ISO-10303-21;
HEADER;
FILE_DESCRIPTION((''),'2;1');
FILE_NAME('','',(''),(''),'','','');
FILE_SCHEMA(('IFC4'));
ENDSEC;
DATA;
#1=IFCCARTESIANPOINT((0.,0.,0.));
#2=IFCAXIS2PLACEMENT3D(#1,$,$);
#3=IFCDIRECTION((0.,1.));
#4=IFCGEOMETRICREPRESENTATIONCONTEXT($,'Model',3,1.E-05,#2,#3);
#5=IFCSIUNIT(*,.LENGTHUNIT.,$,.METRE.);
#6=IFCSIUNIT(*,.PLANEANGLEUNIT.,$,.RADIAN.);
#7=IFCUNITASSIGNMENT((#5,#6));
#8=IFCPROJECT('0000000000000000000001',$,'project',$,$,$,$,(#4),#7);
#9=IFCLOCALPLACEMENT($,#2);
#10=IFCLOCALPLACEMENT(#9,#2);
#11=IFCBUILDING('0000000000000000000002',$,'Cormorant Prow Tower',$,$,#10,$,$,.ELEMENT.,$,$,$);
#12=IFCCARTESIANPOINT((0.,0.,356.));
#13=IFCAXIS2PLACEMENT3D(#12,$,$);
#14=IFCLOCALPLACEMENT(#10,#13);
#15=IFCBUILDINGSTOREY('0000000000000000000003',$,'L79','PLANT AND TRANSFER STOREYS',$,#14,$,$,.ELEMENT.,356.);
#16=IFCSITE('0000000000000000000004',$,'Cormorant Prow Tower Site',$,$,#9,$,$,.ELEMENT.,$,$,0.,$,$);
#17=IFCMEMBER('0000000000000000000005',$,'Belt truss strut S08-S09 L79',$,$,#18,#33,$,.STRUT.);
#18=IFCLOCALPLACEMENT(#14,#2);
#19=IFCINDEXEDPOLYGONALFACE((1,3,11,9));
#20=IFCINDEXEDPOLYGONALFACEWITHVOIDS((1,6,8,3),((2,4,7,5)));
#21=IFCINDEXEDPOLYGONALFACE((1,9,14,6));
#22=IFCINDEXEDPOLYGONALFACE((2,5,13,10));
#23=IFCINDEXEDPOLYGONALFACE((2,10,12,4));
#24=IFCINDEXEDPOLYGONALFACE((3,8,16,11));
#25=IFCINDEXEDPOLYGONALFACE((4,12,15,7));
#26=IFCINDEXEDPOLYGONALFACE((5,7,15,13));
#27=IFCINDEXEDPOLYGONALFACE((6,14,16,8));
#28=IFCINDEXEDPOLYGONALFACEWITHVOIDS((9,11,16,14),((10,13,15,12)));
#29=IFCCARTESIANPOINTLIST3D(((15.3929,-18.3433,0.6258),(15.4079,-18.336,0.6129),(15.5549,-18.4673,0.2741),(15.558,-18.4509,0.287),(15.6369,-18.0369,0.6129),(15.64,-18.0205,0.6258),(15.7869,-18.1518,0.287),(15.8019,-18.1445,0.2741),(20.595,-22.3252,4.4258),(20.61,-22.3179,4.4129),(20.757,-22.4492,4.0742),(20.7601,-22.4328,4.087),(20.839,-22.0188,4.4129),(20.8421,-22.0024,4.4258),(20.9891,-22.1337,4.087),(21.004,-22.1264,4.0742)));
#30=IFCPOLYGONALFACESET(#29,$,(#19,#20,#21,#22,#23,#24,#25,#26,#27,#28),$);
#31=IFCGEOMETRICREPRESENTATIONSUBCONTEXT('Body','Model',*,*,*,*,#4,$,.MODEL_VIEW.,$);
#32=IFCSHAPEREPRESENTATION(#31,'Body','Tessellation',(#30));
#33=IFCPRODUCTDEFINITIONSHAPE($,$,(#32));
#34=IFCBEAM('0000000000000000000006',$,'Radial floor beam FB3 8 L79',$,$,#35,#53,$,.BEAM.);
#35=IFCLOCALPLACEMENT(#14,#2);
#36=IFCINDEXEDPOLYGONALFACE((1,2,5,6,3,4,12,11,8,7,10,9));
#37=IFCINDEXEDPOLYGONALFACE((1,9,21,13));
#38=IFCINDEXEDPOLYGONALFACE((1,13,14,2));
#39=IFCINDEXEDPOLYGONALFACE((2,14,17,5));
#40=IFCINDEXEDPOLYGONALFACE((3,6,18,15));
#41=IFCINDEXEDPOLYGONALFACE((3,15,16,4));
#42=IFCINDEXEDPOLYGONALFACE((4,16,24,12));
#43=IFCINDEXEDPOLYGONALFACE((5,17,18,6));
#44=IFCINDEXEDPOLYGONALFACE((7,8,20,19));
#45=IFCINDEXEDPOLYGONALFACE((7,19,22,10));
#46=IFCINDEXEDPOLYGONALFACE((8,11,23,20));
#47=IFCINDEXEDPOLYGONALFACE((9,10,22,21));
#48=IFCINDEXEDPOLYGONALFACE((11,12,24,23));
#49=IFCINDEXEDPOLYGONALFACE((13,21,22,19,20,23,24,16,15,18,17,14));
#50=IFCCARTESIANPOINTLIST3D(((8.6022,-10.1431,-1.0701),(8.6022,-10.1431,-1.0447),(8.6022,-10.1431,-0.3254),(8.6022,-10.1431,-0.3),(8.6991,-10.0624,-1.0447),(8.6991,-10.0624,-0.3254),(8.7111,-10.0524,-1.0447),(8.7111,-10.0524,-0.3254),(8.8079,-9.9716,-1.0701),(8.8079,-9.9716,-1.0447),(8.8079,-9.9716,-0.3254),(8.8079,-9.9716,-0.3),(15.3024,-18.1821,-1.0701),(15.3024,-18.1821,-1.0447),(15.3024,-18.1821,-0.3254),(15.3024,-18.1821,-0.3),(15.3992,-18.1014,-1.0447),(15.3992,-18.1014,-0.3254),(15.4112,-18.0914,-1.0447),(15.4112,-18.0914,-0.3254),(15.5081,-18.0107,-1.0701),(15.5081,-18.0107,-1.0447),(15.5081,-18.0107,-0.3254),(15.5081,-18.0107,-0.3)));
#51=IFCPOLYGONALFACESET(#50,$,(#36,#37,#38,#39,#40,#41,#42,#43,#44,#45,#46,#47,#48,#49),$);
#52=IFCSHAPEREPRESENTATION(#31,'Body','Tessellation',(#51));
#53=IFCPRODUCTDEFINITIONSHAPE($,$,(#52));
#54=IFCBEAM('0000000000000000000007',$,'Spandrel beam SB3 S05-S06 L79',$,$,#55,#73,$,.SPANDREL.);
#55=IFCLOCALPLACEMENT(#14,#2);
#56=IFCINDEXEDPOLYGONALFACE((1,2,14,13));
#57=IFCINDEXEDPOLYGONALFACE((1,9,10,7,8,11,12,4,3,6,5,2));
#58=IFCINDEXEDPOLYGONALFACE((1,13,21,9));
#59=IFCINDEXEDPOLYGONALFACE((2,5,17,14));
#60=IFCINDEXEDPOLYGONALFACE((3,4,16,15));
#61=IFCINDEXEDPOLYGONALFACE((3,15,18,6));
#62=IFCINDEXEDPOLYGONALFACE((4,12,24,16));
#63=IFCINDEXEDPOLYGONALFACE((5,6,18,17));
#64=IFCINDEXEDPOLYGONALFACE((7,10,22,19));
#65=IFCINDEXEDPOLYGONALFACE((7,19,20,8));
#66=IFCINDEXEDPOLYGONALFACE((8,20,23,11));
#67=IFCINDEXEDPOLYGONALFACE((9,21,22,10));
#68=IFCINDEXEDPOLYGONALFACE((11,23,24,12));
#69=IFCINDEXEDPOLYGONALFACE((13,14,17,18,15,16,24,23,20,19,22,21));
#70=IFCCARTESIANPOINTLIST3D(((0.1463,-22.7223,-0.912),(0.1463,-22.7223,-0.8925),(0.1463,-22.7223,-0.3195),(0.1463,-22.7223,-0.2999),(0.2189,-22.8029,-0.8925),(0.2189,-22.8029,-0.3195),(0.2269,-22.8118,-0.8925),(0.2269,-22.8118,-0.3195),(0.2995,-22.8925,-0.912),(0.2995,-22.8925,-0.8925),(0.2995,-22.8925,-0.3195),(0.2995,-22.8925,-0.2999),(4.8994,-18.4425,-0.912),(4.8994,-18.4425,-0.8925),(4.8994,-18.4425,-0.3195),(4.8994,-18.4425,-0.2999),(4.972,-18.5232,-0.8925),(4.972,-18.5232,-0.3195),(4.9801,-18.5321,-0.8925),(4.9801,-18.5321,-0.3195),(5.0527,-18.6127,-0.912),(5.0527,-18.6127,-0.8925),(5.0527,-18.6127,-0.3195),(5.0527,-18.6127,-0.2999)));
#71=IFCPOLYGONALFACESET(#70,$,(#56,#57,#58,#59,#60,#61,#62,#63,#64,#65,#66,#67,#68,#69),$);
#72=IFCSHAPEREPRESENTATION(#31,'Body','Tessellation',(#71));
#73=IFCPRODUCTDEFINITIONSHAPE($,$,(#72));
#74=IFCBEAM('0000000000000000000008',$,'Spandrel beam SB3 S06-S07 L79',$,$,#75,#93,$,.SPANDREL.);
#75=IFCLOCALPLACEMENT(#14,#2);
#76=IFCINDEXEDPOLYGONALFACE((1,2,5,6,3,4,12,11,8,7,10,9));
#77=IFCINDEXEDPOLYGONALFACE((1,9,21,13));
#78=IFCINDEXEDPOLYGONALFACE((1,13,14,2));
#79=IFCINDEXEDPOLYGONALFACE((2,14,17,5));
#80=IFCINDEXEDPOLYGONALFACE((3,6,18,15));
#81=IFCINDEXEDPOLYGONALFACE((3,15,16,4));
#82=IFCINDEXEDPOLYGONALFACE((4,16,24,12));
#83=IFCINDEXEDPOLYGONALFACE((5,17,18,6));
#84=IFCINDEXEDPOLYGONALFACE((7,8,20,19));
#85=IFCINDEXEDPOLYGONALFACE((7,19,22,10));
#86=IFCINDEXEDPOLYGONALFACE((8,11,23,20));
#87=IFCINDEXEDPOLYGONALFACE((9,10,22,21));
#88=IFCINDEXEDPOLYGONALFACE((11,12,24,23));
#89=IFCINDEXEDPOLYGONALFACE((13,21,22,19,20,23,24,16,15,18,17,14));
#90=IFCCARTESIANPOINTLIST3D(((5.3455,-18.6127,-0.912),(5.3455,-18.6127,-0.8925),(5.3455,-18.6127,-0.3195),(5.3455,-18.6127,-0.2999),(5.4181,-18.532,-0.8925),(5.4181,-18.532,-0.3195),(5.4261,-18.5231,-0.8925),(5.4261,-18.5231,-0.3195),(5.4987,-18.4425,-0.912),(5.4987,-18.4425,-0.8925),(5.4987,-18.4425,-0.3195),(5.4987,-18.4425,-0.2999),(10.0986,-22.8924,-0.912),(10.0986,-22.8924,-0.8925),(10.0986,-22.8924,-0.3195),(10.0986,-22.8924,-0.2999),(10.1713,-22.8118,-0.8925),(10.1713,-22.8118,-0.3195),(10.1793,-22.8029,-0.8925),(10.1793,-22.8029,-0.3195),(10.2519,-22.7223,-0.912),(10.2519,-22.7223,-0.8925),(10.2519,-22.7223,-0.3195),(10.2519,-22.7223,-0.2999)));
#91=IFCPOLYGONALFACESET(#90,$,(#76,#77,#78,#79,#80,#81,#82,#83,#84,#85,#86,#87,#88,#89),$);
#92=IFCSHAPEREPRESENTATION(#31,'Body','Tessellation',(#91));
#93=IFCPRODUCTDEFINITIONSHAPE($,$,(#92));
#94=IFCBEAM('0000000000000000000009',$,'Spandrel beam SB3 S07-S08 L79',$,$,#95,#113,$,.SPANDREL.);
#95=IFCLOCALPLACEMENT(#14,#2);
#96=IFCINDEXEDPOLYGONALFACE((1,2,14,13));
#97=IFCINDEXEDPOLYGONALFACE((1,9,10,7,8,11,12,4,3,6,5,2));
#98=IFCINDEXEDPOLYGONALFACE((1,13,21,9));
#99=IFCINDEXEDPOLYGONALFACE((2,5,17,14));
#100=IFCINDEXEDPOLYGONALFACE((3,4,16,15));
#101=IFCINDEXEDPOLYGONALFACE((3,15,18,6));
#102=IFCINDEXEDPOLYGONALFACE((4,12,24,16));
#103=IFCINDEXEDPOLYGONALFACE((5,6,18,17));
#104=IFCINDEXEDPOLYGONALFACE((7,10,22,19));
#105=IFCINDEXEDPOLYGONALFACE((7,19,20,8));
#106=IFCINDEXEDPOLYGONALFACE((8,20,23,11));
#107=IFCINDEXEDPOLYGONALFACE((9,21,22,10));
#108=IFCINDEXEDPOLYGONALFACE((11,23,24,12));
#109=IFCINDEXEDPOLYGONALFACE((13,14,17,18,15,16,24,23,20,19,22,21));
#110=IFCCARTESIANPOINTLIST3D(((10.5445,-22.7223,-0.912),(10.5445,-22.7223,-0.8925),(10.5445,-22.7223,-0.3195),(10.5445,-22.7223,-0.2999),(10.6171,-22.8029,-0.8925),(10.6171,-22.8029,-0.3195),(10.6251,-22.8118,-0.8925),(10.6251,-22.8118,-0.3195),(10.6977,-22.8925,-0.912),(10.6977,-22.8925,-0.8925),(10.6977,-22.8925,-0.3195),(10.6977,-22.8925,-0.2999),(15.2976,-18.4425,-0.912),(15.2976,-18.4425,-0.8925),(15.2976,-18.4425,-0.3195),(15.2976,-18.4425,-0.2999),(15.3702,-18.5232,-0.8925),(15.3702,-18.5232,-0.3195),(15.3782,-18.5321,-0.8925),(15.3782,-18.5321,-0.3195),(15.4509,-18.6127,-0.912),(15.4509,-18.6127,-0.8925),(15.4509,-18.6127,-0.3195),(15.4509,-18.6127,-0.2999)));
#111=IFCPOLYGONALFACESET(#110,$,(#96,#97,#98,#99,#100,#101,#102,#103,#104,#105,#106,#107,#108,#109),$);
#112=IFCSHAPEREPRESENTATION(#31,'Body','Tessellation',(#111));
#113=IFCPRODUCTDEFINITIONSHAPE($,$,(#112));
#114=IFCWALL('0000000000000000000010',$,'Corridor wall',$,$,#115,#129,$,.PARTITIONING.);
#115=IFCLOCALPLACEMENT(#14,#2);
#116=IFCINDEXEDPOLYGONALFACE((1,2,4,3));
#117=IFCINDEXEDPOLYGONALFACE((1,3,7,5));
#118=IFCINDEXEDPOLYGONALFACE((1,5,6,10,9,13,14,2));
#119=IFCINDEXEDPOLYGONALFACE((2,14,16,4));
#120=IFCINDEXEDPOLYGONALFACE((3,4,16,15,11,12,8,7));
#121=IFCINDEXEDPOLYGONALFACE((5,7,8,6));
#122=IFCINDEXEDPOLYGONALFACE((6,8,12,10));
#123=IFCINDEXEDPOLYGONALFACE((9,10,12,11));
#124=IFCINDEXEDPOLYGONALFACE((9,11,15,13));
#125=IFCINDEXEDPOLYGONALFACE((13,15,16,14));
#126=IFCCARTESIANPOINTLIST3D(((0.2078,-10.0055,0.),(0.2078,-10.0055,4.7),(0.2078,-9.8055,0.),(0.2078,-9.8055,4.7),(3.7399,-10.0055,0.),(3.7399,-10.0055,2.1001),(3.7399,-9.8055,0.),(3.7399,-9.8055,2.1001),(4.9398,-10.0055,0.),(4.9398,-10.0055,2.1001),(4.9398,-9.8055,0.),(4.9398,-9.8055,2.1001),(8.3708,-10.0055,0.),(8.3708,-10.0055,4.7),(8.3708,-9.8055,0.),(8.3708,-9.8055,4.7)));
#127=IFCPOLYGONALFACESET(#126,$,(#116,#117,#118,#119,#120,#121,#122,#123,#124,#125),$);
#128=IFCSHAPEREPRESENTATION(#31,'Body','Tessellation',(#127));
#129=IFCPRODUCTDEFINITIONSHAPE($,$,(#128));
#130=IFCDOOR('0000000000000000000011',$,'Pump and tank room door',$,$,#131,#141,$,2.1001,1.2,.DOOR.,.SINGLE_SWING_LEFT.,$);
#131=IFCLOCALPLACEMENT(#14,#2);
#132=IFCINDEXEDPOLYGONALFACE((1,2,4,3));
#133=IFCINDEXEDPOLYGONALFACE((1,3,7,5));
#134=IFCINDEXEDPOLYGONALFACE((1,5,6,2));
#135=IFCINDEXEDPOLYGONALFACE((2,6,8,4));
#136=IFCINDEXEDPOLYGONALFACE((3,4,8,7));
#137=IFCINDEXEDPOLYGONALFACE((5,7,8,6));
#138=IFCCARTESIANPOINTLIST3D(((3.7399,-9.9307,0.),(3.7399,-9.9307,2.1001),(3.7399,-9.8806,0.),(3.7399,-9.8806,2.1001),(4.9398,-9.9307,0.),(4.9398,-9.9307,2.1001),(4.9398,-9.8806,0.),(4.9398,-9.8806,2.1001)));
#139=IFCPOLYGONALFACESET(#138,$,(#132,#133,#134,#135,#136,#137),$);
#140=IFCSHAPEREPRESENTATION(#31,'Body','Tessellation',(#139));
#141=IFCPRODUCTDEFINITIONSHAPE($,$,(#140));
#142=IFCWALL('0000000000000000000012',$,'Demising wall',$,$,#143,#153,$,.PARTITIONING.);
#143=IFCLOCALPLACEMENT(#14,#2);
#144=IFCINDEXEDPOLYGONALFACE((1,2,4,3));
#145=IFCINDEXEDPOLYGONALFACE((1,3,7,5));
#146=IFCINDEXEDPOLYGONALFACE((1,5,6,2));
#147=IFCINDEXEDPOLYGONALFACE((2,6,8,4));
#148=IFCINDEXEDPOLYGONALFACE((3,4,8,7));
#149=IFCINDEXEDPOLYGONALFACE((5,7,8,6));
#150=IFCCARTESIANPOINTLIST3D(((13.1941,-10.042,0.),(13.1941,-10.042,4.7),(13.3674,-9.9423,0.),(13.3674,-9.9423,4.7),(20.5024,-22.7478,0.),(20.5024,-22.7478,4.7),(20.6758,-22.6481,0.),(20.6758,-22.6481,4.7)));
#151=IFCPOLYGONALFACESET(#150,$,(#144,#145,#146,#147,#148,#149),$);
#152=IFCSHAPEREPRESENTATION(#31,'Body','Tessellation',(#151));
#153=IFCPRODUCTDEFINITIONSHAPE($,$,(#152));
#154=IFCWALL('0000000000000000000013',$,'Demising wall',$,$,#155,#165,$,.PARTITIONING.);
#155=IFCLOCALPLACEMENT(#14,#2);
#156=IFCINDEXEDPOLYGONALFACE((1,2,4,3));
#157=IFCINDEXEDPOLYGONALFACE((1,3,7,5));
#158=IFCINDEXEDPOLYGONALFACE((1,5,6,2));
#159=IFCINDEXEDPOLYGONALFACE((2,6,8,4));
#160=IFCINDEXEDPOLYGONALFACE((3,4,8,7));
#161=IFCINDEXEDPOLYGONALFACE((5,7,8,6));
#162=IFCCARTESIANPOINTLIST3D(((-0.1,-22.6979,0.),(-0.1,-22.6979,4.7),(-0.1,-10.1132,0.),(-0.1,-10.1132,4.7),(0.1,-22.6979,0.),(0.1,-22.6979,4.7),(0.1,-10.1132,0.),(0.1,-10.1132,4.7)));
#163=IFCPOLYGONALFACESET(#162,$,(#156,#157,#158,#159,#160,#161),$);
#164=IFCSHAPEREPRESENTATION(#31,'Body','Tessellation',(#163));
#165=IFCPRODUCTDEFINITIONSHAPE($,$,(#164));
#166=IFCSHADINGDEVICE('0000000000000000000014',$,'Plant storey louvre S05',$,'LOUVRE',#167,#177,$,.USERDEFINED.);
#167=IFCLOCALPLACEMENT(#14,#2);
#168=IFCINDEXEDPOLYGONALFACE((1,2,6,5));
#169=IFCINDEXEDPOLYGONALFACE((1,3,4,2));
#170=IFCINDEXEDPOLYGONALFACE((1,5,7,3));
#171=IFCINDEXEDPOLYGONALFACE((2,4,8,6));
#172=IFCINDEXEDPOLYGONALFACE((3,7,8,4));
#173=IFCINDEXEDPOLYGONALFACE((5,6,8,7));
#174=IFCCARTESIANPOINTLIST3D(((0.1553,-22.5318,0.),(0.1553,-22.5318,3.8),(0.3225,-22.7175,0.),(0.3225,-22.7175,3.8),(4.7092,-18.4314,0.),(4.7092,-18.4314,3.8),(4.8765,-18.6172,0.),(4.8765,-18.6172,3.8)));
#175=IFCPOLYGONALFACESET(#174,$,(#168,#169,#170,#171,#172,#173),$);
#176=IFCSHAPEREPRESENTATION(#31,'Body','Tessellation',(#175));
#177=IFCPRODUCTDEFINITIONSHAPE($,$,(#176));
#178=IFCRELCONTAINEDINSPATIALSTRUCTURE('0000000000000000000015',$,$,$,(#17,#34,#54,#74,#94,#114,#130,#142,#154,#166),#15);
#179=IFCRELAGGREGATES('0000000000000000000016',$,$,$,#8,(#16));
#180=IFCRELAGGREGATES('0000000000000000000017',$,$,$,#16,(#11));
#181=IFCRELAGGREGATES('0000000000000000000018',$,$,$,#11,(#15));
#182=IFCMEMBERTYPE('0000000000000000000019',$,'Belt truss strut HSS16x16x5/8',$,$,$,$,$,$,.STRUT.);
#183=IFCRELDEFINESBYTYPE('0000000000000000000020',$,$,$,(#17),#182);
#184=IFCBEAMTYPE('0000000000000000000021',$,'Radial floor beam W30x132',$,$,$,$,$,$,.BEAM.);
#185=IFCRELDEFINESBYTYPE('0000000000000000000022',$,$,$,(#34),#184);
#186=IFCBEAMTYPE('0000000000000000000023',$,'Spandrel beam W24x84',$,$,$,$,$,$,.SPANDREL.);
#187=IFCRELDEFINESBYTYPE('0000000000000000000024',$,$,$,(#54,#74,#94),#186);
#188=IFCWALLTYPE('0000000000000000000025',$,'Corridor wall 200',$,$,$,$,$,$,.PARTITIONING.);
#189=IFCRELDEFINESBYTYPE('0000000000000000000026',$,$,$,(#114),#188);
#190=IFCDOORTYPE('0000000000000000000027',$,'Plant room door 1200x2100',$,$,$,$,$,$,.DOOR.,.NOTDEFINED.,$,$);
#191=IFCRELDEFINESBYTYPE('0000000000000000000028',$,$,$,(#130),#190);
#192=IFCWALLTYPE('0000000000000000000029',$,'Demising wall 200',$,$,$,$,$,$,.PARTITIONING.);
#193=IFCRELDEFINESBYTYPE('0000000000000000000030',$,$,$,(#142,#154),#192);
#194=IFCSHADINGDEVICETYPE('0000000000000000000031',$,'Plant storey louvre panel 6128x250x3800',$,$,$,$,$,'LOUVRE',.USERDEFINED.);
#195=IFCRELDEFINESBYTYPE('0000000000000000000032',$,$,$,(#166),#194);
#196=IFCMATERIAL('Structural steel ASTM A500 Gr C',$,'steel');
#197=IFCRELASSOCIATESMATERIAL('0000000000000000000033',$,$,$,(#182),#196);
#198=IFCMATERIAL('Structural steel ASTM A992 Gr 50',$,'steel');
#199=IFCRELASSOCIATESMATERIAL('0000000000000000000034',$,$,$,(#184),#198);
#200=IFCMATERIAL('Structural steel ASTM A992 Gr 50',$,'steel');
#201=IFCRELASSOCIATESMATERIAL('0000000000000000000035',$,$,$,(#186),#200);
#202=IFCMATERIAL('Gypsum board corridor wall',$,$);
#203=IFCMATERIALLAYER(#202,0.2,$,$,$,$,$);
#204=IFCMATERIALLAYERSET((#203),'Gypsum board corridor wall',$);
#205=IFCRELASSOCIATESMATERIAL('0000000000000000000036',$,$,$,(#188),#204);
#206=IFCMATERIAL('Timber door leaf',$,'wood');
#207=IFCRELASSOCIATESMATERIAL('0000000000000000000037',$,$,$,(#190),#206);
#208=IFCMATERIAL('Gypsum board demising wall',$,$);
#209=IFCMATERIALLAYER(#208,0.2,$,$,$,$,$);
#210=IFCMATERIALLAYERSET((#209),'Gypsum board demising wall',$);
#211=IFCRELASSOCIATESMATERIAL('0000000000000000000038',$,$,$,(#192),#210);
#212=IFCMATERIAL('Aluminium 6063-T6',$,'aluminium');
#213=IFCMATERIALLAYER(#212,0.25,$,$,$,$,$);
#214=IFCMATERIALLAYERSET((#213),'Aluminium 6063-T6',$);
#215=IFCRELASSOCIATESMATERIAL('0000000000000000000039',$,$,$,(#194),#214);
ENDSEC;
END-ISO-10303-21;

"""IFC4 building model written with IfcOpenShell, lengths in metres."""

from ifc_helpers import new_model, si_unit, direction, frame, frame_2d, origin, origin_2d, place, context, subcontext, project, spatial, rectangle, hollow_rectangle, i_section, extrude, material, layer, layer_set, material_profile, profile_set, type_object, element, fill, save


model = new_model("IFC4")

# Units and contexts
model_context = context("Model", 3, precision=1e-05, world=origin(), true_north=direction((0.0, 1.0)))
body_context = subcontext(model_context, "Body", "Model", "MODEL_VIEW")
ifc_project = project(units=[si_unit("LENGTHUNIT", "METRE"), si_unit("PLANEANGLEUNIT", "RADIAN")], contexts=[model_context])

# Site, building, storey
site_placement = place(None, origin())
site = spatial("IfcSite", under=ifc_project, at=site_placement, Name="Cormorant Prow Tower Site", CompositionType="ELEMENT", RefElevation=0.0)
building_placement = place(site_placement, origin())
building = spatial("IfcBuilding", under=site, at=building_placement, Name="Cormorant Prow Tower", CompositionType="ELEMENT")
storey_placement = place(building_placement, frame((0.0, 0.0, 356.0)))
storey = spatial("IfcBuildingStorey", under=building, at=storey_placement, Name="L79", Description="PLANT AND TRANSFER STOREYS", CompositionType="ELEMENT", Elevation=356.0)

# Member
ifc_material_1 = material(Name="Structural steel ASTM A500 Gr C", Category="steel")
ifc_material_profile_1 = material_profile(ifc_material_1, hollow_rectangle(XDim=0.4065, YDim=0.4065, WallThickness=0.0149, at=origin_2d()), Name="HSS16x16x5/8")
ifc_profile_set_1 = profile_set([ifc_material_profile_1], Name="Structural steel ASTM A500 Gr C")
member_type_1 = type_object("IfcMemberType", Name="Belt truss strut HSS16x16x5/8", PredefinedType="STRUT", material=ifc_profile_set_1)
member_1_placement = place(storey_placement, frame((15.5974, -18.2439, 0.45), z_axis=(0.686885, -0.525769, 0.501753), x_axis=(0.607818, 0.794076, 0.0)))
element("IfcMember", 1, at=member_1_placement, inside=storey, type_object=member_type_1, Name="Belt truss strut S08-S09 L79", PredefinedType="STRUT", context=body_context, shape_type="SweptSolid", body=[
    extrude(hollow_rectangle(XDim=0.4065, YDim=0.4065, WallThickness=0.0149, at=origin_2d()), origin(), (0.0, 0.0, 1.0), 7.5735),
])

# Beams
ifc_material_2 = material(Name="Structural steel ASTM A992 Gr 50", Category="steel")
ifc_material_profile_2 = material_profile(ifc_material_2, i_section(OverallWidth=0.2678, OverallDepth=0.77, WebThickness=0.0156, FlangeThickness=0.0254, at=origin_2d()), Name="W30x132")
ifc_profile_set_2 = profile_set([ifc_material_profile_2], Name="Structural steel ASTM A992 Gr 50")
beam_type_1 = type_object("IfcBeamType", Name="Radial floor beam W30x132", PredefinedType="BEAM", material=ifc_profile_set_2)
beam_placement = place(storey_placement, frame((8.7051, -10.0574, -0.6851), z_axis=(0.640239, -0.768175, 0.0), x_axis=(0.768175, 0.640239, 0.0)))
element("IfcBeam", 2, at=beam_placement, inside=storey, type_object=beam_type_1, Name="Radial floor beam FB3 8 L79", PredefinedType="BEAM", context=body_context, shape_type="SweptSolid", body=[
    extrude(i_section(OverallWidth=0.2678, OverallDepth=0.77, WebThickness=0.0156, FlangeThickness=0.0254, at=origin_2d()), origin(), (0.0, 0.0, 1.0), 10.4651),
])
ifc_material_3 = material(Name="Structural steel ASTM A992 Gr 50", Category="steel")
ifc_material_profile_3 = material_profile(ifc_material_3, i_section(OverallWidth=0.229, OverallDepth=0.6121, WebThickness=0.012, FlangeThickness=0.0195, at=origin_2d()), Name="W24x84")
ifc_profile_set_3 = profile_set([ifc_material_profile_3], Name="Structural steel ASTM A992 Gr 50")
beam_type_2 = type_object("IfcBeamType", Name="Spandrel beam W24x84", PredefinedType="SPANDREL", material=ifc_profile_set_3)
for number, where, z_axis, x_axis, name in (
    (3, (0.2229, -22.8074, -0.606), (0.743144, 0.669131, 0.0), (-0.669131, 0.743144, 0.0), "Spandrel beam SB3 S05-S06 L79"),
    (4, (5.4221, -18.5276, -0.606), (0.743144, -0.669131, 0.0), (0.669131, 0.743144, 0.0), "Spandrel beam SB3 S06-S07 L79"),
    (5, (10.6211, -22.8074, -0.606), (0.743144, 0.669131, 0.0), (-0.669131, 0.743144, 0.0), "Spandrel beam SB3 S07-S08 L79"),
):
    element("IfcBeam", number, at=place(storey_placement, frame(where, z_axis=z_axis, x_axis=x_axis)), inside=storey, type_object=beam_type_2, Name=name, PredefinedType="SPANDREL", context=body_context, shape_type="SweptSolid", body=[
        extrude(i_section(OverallWidth=0.229, OverallDepth=0.6121, WebThickness=0.012, FlangeThickness=0.0195, at=origin_2d()), origin(), (0.0, 0.0, 1.0), 6.396),
    ])

# Wall, opening, door
ifc_material_4 = material(Name="Gypsum board corridor wall")
ifc_layer_1 = layer(ifc_material_4, 0.2)
ifc_layer_set_1 = layer_set([ifc_layer_1], Name="Gypsum board corridor wall")
wall_type_1 = type_object("IfcWallType", Name="Corridor wall 200", PredefinedType="PARTITIONING", material=ifc_layer_set_1)
wall_1_placement = place(storey_placement, frame((0.2078, -9.9055, 0.0), z_axis=(0.0, 0.0, 1.0), x_axis=(1.0, 0.0, 0.0)))
wall_1 = element("IfcWall", 6, at=wall_1_placement, inside=storey, type_object=wall_type_1, Name="Corridor wall", PredefinedType="PARTITIONING", context=body_context, shape_type="SweptSolid", body=[
    extrude(rectangle(XDim=8.1631, YDim=0.2, at=frame_2d((4.0815, 0.0))), origin(), (0.0, 0.0, 1.0), 4.7),
])
opening_placement = place(wall_1_placement, frame((3.532, 0.0, 0.0)))
opening = element("IfcOpeningElement", 7, at=opening_placement, cuts=wall_1, PredefinedType="OPENING", context=body_context, shape_type="SweptSolid", body=[
    extrude(rectangle(XDim=1.2, YDim=2.1001, at=frame_2d((0.6001, 1.05))), frame((0.0, 0.1099, 0.0), z_axis=(0.0, -1.0, 0.0), x_axis=(1.0, 0.0, 0.0)), (0.0, 0.0, 1.0), 0.22),
])
ifc_material_5 = material(Name="Timber door leaf", Category="wood")
door_type = type_object("IfcDoorType", Name="Plant room door 1200x2100", OperationType="NOTDEFINED", PredefinedType="DOOR", material=ifc_material_5)
door_placement = place(opening_placement, origin())
door = element("IfcDoor", 8, at=door_placement, inside=storey, type_object=door_type, Name="Pump and tank room door", OperationType="SINGLE_SWING_LEFT", OverallHeight=2.1001, OverallWidth=1.2, PredefinedType="DOOR", context=body_context, shape_type="SweptSolid", body=[
    extrude(rectangle(XDim=1.2, YDim=2.1001, at=frame_2d((0.6001, 1.05))), frame((0.0, 0.0249, 0.0), z_axis=(0.0, -1.0, 0.0), x_axis=(1.0, 0.0, 0.0)), (0.0, 0.0, 1.0), 0.05),
])
fill(opening, door)

# Walls
ifc_material_6 = material(Name="Gypsum board demising wall")
ifc_layer_2 = layer(ifc_material_6, 0.2)
ifc_layer_set_2 = layer_set([ifc_layer_2], Name="Gypsum board demising wall")
wall_type_2 = type_object("IfcWallType", Name="Demising wall 200", PredefinedType="PARTITIONING", material=ifc_layer_set_2)
wall_2_placement = place(storey_placement, frame((13.2808, -9.9922, 0.0), z_axis=(0.0, 0.0, 1.0), x_axis=(0.4986, -0.866832, 0.0)))
element("IfcWall", 9, at=wall_2_placement, inside=storey, type_object=wall_type_2, Name="Demising wall", PredefinedType="PARTITIONING", context=body_context, shape_type="SweptSolid", body=[
    extrude(rectangle(XDim=14.6577, YDim=0.2, at=frame_2d((7.3289, 0.0))), origin(), (0.0, 0.0, 1.0), 4.7),
])
wall_3_placement = place(storey_placement, frame((0.0, -22.698, 0.0), z_axis=(0.0, 0.0, 1.0), x_axis=(0.0, 1.0, 0.0)))
element("IfcWall", 10, at=wall_3_placement, inside=storey, type_object=wall_type_2, Name="Demising wall", PredefinedType="PARTITIONING", context=body_context, shape_type="SweptSolid", body=[
    extrude(rectangle(XDim=12.5847, YDim=0.2, at=frame_2d((6.2925, 0.0))), origin(), (0.0, 0.0, 1.0), 4.7),
])

# Shading device
ifc_material_7 = material(Name="Aluminium 6063-T6", Category="aluminium")
ifc_layer_3 = layer(ifc_material_7, 0.25)
ifc_layer_set_3 = layer_set([ifc_layer_3], Name="Aluminium 6063-T6")
shading_device_type = type_object("IfcShadingDeviceType", Name="Plant storey louvre panel 6128x250x3800", ElementType="LOUVRE", PredefinedType="USERDEFINED", material=ifc_layer_set_3)
for number, where, z_axis, x_axis, name in (
    (11, (2.5159, -20.5745, 0.0), (0.0, 0.0, 1.0), (0.743145, 0.669131, 0.0), "Plant storey louvre S05"),
):
    element("IfcShadingDevice", number, at=place(storey_placement, frame(where, z_axis=z_axis, x_axis=x_axis)), inside=storey, type_object=shading_device_type, Name=name, ObjectType="LOUVRE", PredefinedType="USERDEFINED", context=body_context, shape_type="SweptSolid", body=[
        extrude(rectangle(XDim=6.1279, YDim=0.25, at=origin_2d()), origin(), (0.0, 0.0, 1.0), 3.8),
    ])

save(model, "model.ifc")
